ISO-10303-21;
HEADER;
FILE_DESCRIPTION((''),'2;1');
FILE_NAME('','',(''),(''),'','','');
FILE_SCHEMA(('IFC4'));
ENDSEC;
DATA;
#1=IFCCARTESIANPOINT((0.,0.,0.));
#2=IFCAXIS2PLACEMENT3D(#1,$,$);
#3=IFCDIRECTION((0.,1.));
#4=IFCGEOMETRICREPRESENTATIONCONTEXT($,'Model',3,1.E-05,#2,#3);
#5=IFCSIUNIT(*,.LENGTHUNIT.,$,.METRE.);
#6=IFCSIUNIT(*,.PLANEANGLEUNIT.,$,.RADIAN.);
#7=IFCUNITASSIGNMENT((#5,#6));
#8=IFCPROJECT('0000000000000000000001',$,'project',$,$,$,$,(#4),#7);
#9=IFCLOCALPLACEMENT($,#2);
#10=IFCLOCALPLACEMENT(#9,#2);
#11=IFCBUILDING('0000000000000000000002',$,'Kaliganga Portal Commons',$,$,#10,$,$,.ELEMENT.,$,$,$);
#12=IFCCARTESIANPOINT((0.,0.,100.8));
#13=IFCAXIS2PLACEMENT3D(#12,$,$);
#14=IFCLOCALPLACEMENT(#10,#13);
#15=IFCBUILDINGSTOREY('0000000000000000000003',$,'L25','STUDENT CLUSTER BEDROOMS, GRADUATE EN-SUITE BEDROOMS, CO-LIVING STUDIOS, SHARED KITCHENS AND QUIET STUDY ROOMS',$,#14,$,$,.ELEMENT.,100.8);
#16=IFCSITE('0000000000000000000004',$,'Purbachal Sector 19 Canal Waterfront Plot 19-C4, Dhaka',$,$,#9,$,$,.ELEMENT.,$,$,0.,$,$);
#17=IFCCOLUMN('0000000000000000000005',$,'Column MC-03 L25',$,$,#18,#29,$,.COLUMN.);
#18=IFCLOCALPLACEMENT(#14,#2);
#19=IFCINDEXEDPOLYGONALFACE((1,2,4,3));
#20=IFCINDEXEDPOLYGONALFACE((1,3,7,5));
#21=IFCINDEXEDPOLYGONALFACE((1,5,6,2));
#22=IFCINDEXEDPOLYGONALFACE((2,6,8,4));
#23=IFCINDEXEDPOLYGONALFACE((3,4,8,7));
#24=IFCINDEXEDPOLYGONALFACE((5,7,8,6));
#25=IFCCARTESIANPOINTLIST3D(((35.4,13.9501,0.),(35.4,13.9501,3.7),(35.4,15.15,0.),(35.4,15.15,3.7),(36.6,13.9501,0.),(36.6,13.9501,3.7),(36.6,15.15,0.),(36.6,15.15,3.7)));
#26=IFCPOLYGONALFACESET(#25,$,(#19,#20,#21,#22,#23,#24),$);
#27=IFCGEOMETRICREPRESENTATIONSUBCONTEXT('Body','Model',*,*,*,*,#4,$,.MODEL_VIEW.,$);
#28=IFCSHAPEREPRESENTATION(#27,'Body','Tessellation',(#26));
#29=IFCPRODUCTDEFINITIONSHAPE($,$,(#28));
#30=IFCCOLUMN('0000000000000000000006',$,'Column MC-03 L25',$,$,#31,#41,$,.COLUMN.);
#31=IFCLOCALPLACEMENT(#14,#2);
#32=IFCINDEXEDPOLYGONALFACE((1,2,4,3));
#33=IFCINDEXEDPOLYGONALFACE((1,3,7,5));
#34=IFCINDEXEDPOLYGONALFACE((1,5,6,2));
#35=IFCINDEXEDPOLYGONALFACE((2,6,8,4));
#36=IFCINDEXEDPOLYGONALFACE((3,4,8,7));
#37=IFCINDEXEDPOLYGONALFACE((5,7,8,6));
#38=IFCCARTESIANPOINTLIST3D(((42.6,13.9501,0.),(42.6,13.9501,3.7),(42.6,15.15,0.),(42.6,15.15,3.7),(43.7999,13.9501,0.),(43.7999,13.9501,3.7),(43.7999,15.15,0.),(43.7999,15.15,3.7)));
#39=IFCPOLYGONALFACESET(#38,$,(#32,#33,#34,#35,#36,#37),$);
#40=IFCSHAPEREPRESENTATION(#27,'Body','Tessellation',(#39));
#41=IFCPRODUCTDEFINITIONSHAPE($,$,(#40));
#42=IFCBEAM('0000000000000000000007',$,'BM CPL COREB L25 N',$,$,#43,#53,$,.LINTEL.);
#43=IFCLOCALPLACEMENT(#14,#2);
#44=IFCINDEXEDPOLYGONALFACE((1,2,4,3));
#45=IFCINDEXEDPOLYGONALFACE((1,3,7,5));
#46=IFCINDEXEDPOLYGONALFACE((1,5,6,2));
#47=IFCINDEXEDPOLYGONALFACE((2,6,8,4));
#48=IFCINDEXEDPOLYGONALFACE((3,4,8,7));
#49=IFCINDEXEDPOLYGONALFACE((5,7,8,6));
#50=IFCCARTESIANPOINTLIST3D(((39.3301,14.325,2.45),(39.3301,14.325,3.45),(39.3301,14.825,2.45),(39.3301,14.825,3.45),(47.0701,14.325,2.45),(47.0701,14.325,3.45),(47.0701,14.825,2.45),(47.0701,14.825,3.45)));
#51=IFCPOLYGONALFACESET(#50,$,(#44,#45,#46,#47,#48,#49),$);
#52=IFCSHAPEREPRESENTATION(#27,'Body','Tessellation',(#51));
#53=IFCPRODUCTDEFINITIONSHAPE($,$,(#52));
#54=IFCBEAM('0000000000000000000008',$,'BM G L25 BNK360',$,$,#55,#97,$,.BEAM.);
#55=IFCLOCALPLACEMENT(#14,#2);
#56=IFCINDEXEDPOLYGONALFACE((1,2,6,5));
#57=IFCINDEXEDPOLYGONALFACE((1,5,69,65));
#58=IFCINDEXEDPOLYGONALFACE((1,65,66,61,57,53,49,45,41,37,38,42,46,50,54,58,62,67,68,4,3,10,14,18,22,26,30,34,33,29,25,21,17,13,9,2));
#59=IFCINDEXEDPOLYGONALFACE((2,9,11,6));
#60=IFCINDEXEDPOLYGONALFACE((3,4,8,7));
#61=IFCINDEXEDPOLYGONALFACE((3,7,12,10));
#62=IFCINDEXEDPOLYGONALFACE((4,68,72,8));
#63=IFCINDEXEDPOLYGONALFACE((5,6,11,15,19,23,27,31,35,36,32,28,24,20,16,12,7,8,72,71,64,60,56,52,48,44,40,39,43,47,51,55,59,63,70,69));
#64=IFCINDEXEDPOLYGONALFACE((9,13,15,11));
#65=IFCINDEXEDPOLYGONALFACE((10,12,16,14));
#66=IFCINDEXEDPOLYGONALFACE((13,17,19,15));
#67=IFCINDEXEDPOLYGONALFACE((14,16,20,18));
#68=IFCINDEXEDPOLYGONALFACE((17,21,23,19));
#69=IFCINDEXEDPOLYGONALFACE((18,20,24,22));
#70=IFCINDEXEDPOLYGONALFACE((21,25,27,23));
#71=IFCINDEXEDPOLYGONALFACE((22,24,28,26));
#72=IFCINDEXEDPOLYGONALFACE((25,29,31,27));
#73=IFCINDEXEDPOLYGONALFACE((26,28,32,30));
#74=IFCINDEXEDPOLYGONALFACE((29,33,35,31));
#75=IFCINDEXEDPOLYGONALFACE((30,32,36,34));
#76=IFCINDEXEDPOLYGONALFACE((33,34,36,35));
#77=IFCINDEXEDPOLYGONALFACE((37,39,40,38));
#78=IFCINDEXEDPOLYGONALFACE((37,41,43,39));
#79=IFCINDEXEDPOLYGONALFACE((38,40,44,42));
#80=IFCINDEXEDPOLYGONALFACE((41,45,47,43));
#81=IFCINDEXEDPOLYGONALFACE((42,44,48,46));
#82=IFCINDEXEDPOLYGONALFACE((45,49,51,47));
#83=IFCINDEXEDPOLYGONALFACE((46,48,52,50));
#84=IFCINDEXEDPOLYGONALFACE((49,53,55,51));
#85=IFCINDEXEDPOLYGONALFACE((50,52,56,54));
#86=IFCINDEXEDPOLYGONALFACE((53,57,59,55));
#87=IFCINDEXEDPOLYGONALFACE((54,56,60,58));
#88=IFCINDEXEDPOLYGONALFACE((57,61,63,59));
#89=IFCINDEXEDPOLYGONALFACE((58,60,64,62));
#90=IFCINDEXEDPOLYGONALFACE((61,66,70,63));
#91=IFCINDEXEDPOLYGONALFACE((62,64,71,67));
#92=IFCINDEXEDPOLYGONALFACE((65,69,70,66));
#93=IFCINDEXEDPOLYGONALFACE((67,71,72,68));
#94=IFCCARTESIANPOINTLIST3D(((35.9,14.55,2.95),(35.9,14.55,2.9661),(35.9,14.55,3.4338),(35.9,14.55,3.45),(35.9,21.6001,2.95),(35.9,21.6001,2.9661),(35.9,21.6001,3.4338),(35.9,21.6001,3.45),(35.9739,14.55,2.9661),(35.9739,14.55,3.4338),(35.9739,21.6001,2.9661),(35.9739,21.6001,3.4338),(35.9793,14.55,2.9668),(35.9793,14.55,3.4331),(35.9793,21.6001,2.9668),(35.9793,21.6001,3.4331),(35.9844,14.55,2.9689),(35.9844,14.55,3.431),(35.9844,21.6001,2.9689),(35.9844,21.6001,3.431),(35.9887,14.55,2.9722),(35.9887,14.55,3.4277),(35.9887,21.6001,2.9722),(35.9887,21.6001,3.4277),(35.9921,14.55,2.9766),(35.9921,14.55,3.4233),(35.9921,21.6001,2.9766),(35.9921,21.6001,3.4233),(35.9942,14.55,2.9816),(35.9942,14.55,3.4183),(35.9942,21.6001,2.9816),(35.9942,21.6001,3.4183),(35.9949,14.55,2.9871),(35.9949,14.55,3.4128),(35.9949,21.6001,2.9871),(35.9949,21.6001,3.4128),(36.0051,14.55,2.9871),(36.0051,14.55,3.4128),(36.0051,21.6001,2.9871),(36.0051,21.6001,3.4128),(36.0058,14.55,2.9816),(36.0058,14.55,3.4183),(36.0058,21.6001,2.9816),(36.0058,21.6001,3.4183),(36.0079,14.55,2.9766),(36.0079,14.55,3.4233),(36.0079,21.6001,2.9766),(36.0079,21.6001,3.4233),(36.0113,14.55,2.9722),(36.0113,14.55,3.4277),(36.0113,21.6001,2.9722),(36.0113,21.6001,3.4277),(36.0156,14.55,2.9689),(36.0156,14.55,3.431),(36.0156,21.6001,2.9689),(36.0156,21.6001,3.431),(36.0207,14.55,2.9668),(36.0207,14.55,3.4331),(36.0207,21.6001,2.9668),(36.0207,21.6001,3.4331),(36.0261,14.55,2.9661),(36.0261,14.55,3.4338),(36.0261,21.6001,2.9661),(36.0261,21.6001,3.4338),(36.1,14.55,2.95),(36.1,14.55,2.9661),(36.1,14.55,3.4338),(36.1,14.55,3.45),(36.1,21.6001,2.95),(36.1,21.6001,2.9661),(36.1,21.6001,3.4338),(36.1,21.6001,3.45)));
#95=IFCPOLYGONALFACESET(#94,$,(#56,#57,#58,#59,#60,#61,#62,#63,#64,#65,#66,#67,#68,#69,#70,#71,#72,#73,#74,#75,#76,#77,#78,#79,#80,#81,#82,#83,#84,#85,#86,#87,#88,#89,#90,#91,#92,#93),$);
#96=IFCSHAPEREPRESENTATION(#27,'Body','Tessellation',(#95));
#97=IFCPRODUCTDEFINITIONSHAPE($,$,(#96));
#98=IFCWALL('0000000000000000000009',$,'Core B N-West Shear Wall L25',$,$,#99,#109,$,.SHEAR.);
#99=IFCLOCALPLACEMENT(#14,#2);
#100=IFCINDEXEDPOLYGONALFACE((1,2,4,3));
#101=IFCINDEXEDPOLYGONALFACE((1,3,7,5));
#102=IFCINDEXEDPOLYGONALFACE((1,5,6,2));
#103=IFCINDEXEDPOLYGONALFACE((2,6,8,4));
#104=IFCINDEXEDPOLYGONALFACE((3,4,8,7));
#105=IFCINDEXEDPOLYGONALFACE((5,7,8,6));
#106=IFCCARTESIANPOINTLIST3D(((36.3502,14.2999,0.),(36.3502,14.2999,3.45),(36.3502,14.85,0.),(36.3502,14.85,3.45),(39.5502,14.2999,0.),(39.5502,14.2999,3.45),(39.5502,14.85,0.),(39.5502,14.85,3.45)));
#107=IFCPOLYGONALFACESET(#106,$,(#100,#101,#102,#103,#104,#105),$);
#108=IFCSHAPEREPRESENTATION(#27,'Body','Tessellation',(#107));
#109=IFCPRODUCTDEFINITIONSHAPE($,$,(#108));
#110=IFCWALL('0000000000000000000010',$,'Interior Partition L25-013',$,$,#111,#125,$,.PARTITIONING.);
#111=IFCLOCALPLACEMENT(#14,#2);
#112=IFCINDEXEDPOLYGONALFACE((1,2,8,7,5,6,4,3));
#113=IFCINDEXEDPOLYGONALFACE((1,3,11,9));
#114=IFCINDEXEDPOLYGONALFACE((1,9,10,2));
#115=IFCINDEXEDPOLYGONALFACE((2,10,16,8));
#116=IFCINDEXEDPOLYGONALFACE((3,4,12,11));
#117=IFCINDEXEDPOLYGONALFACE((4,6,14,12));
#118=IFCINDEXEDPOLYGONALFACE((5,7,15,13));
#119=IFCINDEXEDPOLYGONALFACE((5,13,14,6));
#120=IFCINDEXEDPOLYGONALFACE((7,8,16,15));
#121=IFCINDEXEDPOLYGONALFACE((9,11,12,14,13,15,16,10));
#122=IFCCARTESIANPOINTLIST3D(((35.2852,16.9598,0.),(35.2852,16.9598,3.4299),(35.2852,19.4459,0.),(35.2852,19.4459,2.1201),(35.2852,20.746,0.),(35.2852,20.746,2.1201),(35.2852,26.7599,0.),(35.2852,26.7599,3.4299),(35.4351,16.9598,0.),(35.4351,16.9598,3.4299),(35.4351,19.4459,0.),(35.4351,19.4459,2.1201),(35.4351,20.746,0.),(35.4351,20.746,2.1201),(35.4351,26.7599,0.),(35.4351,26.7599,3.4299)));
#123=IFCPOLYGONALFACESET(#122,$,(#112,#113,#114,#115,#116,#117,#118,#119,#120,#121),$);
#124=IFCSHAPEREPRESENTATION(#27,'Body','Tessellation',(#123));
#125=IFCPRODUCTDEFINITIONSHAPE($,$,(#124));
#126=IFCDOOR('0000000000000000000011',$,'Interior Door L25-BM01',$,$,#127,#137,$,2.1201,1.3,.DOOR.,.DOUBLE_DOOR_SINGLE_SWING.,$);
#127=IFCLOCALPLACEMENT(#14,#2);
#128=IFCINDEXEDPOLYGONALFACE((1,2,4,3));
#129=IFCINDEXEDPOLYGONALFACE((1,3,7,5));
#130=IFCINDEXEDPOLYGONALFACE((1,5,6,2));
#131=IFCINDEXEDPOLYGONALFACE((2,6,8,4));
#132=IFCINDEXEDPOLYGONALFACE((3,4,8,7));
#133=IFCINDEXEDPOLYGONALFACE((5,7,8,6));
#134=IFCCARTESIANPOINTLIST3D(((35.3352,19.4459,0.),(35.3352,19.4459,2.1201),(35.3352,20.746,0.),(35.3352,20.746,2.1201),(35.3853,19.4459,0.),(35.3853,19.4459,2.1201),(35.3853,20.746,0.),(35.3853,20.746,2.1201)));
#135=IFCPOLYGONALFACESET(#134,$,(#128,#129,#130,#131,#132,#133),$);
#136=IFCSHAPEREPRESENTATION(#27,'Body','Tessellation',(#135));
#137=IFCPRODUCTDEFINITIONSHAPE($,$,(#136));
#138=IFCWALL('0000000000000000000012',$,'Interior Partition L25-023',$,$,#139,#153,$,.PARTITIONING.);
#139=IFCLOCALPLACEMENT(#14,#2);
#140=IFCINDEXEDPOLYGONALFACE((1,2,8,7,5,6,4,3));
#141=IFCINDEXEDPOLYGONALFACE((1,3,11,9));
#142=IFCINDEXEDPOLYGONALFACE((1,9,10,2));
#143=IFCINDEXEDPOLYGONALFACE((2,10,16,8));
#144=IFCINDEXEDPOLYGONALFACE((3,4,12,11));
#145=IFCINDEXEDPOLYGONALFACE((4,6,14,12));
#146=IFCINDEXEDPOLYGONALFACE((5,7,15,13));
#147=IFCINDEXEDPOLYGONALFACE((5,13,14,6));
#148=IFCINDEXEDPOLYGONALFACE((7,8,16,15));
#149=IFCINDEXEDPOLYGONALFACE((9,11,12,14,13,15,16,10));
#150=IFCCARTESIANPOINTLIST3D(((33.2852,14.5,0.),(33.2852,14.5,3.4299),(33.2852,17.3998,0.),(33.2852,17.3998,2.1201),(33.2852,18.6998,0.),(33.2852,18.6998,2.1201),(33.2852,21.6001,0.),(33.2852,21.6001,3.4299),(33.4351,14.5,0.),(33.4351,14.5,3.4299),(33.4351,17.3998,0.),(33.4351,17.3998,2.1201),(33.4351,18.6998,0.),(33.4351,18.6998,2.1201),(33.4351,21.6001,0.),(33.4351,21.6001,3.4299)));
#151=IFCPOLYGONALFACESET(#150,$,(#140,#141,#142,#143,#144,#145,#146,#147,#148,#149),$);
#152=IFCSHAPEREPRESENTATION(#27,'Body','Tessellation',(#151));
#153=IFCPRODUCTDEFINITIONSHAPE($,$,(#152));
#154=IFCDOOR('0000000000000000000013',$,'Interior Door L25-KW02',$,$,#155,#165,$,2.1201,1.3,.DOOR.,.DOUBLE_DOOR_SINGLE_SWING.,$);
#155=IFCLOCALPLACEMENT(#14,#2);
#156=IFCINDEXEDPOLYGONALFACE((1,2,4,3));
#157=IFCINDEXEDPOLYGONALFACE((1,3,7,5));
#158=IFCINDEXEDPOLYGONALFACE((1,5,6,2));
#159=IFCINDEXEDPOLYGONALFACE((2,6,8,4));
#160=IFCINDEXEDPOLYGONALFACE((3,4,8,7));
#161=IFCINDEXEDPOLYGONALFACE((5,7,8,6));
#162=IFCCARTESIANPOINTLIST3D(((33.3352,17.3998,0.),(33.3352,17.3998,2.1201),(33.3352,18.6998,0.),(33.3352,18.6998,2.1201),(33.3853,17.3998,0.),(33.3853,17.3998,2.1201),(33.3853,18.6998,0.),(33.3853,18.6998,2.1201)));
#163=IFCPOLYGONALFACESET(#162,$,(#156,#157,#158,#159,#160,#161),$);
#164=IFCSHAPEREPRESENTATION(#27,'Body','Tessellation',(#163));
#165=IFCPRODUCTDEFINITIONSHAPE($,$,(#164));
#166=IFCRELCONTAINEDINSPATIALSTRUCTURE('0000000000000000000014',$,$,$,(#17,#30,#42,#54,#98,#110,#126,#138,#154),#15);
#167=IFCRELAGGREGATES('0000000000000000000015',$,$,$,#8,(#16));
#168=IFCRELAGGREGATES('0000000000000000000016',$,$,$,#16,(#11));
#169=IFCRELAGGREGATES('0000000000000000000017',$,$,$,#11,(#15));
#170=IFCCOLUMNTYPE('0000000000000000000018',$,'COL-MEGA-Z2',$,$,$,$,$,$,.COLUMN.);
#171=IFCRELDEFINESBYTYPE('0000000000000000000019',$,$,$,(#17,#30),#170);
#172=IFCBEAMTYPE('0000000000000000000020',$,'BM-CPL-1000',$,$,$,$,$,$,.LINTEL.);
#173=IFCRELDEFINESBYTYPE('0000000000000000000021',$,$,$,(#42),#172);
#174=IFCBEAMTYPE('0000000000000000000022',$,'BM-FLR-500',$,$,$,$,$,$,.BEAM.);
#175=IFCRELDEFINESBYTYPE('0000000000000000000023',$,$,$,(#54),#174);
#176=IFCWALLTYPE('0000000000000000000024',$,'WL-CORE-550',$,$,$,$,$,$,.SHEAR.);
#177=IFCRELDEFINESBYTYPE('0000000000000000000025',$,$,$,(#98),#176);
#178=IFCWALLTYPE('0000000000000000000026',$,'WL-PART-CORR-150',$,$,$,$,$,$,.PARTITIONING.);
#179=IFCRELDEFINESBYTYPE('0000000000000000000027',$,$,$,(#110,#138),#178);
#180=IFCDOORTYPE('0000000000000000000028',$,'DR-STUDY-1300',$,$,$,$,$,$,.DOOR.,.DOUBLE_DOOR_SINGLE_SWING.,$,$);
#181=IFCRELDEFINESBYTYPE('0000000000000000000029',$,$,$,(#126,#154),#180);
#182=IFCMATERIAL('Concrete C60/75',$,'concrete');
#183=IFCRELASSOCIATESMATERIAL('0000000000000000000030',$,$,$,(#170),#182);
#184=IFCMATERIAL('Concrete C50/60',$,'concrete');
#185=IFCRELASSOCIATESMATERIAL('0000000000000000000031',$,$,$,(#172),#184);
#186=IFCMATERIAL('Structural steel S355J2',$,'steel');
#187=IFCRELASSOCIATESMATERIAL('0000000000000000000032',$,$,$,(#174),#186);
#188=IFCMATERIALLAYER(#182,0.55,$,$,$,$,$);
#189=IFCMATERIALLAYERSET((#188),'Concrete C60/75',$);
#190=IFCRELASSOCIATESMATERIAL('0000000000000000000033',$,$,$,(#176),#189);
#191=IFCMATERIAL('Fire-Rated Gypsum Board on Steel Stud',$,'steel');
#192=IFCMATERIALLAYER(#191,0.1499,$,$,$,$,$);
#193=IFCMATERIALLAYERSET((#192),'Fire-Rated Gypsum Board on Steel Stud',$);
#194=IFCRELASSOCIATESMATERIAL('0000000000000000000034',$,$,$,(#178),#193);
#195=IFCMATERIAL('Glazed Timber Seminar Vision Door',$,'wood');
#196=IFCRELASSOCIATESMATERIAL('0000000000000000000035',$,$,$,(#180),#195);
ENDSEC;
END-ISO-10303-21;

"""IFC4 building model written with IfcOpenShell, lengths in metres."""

from ifc_helpers import new_model, si_unit, direction, frame, frame_2d, origin, origin_2d, place, context, subcontext, project, spatial, rectangle, i_section, extrude, source, transform, mapped, material, layer, layer_set, material_profile, profile_set, type_object, element, fill, save


model = new_model("IFC4")

# Units and contexts
model_context = context("Model", 3, precision=1e-05, world=origin(), true_north=direction((0.0, 1.0)))
body_context = subcontext(model_context, "Body", "Model", "MODEL_VIEW")
ifc_project = project(units=[si_unit("LENGTHUNIT", "METRE"), si_unit("PLANEANGLEUNIT", "RADIAN")], contexts=[model_context])

# Site, building, storey
site_placement = place(None, origin())
site = spatial("IfcSite", under=ifc_project, at=site_placement, Name="Purbachal Sector 19 Canal Waterfront Plot 19-C4, Dhaka", CompositionType="ELEMENT", RefElevation=0.0)
building_placement = place(site_placement, origin())
building = spatial("IfcBuilding", under=site, at=building_placement, Name="Kaliganga Portal Commons", CompositionType="ELEMENT")
storey_placement = place(building_placement, frame((0.0, 0.0, 100.8)))
storey = spatial("IfcBuildingStorey", under=building, at=storey_placement, Name="L25", Description="STUDENT CLUSTER BEDROOMS, GRADUATE EN-SUITE BEDROOMS, CO-LIVING STUDIOS, SHARED KITCHENS AND QUIET STUDY ROOMS", CompositionType="ELEMENT", Elevation=100.8)

# Columns
ifc_material_1 = material(Name="Concrete C60/75", Category="concrete")
ifc_material_profile_1 = material_profile(ifc_material_1, rectangle(XDim=1.2, YDim=1.2, at=origin_2d()), Name="RC 1200x1200")
ifc_profile_set_1 = profile_set([ifc_material_profile_1], Name="Concrete C60/75")
column_type = type_object("IfcColumnType", Name="COL-MEGA-Z2", PredefinedType="COLUMN", material=ifc_profile_set_1)
shared_shape_1 = source(origin(), body_context, "Body", "SweptSolid", [
    extrude(rectangle(XDim=1.2, YDim=1.2, at=origin_2d()), origin(), (0.0, 0.0, 1.0), 3.7),
])
for number, where, z_axis, x_axis, name in (
    (1, (36.0, 14.55, 0.0), (0.0, 0.0, 1.0), (1.0, 0.0, 0.0), "Column MC-03 L25"),
    (2, (43.2, 14.55, 0.0), (0.0, 0.0, 1.0), (1.0, 0.0, 0.0), "Column MC-03 L25"),
):
    element("IfcColumn", number, at=place(storey_placement, frame(where, z_axis=z_axis, x_axis=x_axis)), inside=storey, type_object=column_type, Name=name, PredefinedType="COLUMN", context=body_context, shape_type="MappedRepresentation", body=[
        mapped(shared_shape_1, transform((0.0, 0.0, 0.0), x_axis=(1.0, 0.0, 0.0), y_axis=(0.0, 1.0, 0.0), z_axis=(0.0, 0.0, 1.0), scale=1.0)),
    ])

# Beams
ifc_material_2 = material(Name="Concrete C50/60", Category="concrete")
ifc_material_profile_2 = material_profile(ifc_material_2, rectangle(XDim=0.5, YDim=1.0, at=origin_2d()), Name="RC 500x1000")
ifc_profile_set_2 = profile_set([ifc_material_profile_2], Name="Concrete C50/60")
beam_type_1 = type_object("IfcBeamType", Name="BM-CPL-1000", PredefinedType="LINTEL", material=ifc_profile_set_2)
shared_shape_2 = source(origin(), body_context, "Body", "SweptSolid", [
    extrude(rectangle(XDim=0.5, YDim=1.0, at=origin_2d()), origin(), (0.0, 0.0, 1.0), 7.74),
])
beam_1_placement = place(storey_placement, frame((39.3301, 14.575, 2.95), z_axis=(1.0, 0.0, 0.0), x_axis=(0.0, 1.0, 0.0)))
element("IfcBeam", 3, at=beam_1_placement, inside=storey, type_object=beam_type_1, Name="BM CPL COREB L25 N", PredefinedType="LINTEL", context=body_context, shape_type="MappedRepresentation", body=[
    mapped(shared_shape_2, transform((0.0, 0.0, 0.0), x_axis=(1.0, 0.0, 0.0), y_axis=(0.0, 1.0, 0.0), z_axis=(0.0, 0.0, 1.0), scale=1.0)),
])
ifc_material_3 = material(Name="Structural steel S355J2", Category="steel")
ifc_material_profile_3 = material_profile(ifc_material_3, i_section(OverallWidth=0.2, OverallDepth=0.5, WebThickness=0.0103, FlangeThickness=0.0161, FilletRadius=0.021, at=origin_2d()), Name="IPE 500")
ifc_profile_set_3 = profile_set([ifc_material_profile_3], Name="Structural steel S355J2 wide-flange")
beam_type_2 = type_object("IfcBeamType", Name="BM-FLR-500", PredefinedType="BEAM", material=ifc_profile_set_3)
shared_shape_3 = source(origin(), body_context, "Body", "SweptSolid", [
    extrude(i_section(OverallWidth=0.2, OverallDepth=0.5, WebThickness=0.0103, FlangeThickness=0.0161, FilletRadius=0.021, at=origin_2d()), origin(), (0.0, 0.0, 1.0), 7.05),
])
beam_2_placement = place(storey_placement, frame((36.0, 14.55, 3.2), z_axis=(0.0, 1.0, 0.0), x_axis=(-1.0, 0.0, 0.0)))
element("IfcBeam", 4, at=beam_2_placement, inside=storey, type_object=beam_type_2, Name="BM G L25 BNK360", PredefinedType="BEAM", context=body_context, shape_type="MappedRepresentation", body=[
    mapped(shared_shape_3, transform((0.0, 0.0, 0.0), x_axis=(1.0, 0.0, 0.0), y_axis=(0.0, 1.0, 0.0), z_axis=(0.0, 0.0, 1.0), scale=1.0)),
])

# Wall
ifc_layer_1 = layer(ifc_material_1, 0.55)
ifc_layer_set_1 = layer_set([ifc_layer_1], Name="Concrete C60/75")
wall_type_1 = type_object("IfcWallType", Name="WL-CORE-550", PredefinedType="SHEAR", material=ifc_layer_set_1)
wall_1_placement = place(storey_placement, frame((36.3501, 14.575, 0.0), z_axis=(0.0, 0.0, 1.0), x_axis=(1.0, 0.0, 0.0)))
element("IfcWall", 5, at=wall_1_placement, inside=storey, type_object=wall_type_1, Name="Core B N-West Shear Wall L25", PredefinedType="SHEAR", context=body_context, shape_type="SweptSolid", body=[
    extrude(rectangle(XDim=3.2, YDim=0.55, at=frame_2d((1.6001, 0.0))), origin(), (0.0, 0.0, 1.0), 3.45),
])

# Walls, openings, doors
ifc_material_4 = material(Name="Fire-Rated Gypsum Board on Steel Stud", Category="steel")
ifc_layer_2 = layer(ifc_material_4, 0.1499)
ifc_layer_set_2 = layer_set([ifc_layer_2], Name="Fire-Rated Gypsum Board on Steel Stud")
wall_type_2 = type_object("IfcWallType", Name="WL-PART-CORR-150", PredefinedType="PARTITIONING", material=ifc_layer_set_2)
wall_2_placement = place(storey_placement, frame((35.3601, 16.96, 0.0), z_axis=(0.0, 0.0, 1.0), x_axis=(0.0, 1.0, 0.0)))
wall_2 = element("IfcWall", 6, at=wall_2_placement, inside=storey, type_object=wall_type_2, Name="Interior Partition L25-013", PredefinedType="PARTITIONING", context=body_context, shape_type="SweptSolid", body=[
    extrude(rectangle(XDim=9.8, YDim=0.1499, at=frame_2d((4.8999, 0.0))), origin(), (0.0, 0.0, 1.0), 3.4299),
])
opening_1_placement = place(wall_2_placement, frame((2.4861, 0.0, 0.0)))
opening_1 = element("IfcOpeningElement", 7, at=opening_1_placement, cuts=wall_2, PredefinedType="OPENING", context=body_context, shape_type="SweptSolid", body=[
    extrude(rectangle(XDim=1.3, YDim=2.1201, at=frame_2d((0.6499, 1.0601))), frame((0.0, 0.085, 0.0), z_axis=(0.0, -1.0, 0.0), x_axis=(1.0, 0.0, 0.0)), (0.0, 0.0, 1.0), 0.1699),
])
ifc_material_5 = material(Name="Glazed Timber Seminar Vision Door", Category="wood")
door_type_1 = type_object("IfcDoorType", Name="DR-STUDY-1300", OperationType="DOUBLE_DOOR_SINGLE_SWING", PredefinedType="DOOR", material=ifc_material_5)
door_1_placement = place(opening_1_placement, origin())
door_1 = element("IfcDoor", 8, at=door_1_placement, inside=storey, type_object=door_type_1, Name="Interior Door L25-BM01", OperationType="DOUBLE_DOOR_SINGLE_SWING", OverallHeight=2.1201, OverallWidth=1.3, PredefinedType="DOOR", context=body_context, shape_type="SweptSolid", body=[
    extrude(rectangle(XDim=1.3, YDim=2.1201, at=frame_2d((0.6499, 1.0601))), frame((0.0, 0.0249, 0.0), z_axis=(0.0, -1.0, 0.0), x_axis=(1.0, 0.0, 0.0)), (0.0, 0.0, 1.0), 0.05),
])
fill(opening_1, door_1)
wall_3_placement = place(storey_placement, frame((33.3601, 14.5, 0.0), z_axis=(0.0, 0.0, 1.0), x_axis=(0.0, 1.0, 0.0)))
wall_3 = element("IfcWall", 9, at=wall_3_placement, inside=storey, type_object=wall_type_2, Name="Interior Partition L25-023", PredefinedType="PARTITIONING", context=body_context, shape_type="SweptSolid", body=[
    extrude(rectangle(XDim=7.1001, YDim=0.1499, at=frame_2d((3.55, 0.0))), origin(), (0.0, 0.0, 1.0), 3.4299),
])
opening_2_placement = place(wall_3_placement, frame((2.8999, 0.0, 0.0)))
opening_2 = element("IfcOpeningElement", 10, at=opening_2_placement, cuts=wall_3, PredefinedType="OPENING", context=body_context, shape_type="SweptSolid", body=[
    extrude(rectangle(XDim=1.3, YDim=2.1201, at=frame_2d((0.6499, 1.0601))), frame((0.0, 0.085, 0.0), z_axis=(0.0, -1.0, 0.0), x_axis=(1.0, 0.0, 0.0)), (0.0, 0.0, 1.0), 0.1699),
])
door_2_placement = place(opening_2_placement, origin())
door_2 = element("IfcDoor", 11, at=door_2_placement, inside=storey, type_object=door_type_1, Name="Interior Door L25-KW02", OperationType="DOUBLE_DOOR_SINGLE_SWING", OverallHeight=2.1201, OverallWidth=1.3, PredefinedType="DOOR", context=body_context, shape_type="SweptSolid", body=[
    extrude(rectangle(XDim=1.3, YDim=2.1201, at=frame_2d((0.6499, 1.0601))), frame((0.0, 0.0249, 0.0), z_axis=(0.0, -1.0, 0.0), x_axis=(1.0, 0.0, 0.0)), (0.0, 0.0, 1.0), 0.05),
])
fill(opening_2, door_2)

save(model, "model.ifc")
